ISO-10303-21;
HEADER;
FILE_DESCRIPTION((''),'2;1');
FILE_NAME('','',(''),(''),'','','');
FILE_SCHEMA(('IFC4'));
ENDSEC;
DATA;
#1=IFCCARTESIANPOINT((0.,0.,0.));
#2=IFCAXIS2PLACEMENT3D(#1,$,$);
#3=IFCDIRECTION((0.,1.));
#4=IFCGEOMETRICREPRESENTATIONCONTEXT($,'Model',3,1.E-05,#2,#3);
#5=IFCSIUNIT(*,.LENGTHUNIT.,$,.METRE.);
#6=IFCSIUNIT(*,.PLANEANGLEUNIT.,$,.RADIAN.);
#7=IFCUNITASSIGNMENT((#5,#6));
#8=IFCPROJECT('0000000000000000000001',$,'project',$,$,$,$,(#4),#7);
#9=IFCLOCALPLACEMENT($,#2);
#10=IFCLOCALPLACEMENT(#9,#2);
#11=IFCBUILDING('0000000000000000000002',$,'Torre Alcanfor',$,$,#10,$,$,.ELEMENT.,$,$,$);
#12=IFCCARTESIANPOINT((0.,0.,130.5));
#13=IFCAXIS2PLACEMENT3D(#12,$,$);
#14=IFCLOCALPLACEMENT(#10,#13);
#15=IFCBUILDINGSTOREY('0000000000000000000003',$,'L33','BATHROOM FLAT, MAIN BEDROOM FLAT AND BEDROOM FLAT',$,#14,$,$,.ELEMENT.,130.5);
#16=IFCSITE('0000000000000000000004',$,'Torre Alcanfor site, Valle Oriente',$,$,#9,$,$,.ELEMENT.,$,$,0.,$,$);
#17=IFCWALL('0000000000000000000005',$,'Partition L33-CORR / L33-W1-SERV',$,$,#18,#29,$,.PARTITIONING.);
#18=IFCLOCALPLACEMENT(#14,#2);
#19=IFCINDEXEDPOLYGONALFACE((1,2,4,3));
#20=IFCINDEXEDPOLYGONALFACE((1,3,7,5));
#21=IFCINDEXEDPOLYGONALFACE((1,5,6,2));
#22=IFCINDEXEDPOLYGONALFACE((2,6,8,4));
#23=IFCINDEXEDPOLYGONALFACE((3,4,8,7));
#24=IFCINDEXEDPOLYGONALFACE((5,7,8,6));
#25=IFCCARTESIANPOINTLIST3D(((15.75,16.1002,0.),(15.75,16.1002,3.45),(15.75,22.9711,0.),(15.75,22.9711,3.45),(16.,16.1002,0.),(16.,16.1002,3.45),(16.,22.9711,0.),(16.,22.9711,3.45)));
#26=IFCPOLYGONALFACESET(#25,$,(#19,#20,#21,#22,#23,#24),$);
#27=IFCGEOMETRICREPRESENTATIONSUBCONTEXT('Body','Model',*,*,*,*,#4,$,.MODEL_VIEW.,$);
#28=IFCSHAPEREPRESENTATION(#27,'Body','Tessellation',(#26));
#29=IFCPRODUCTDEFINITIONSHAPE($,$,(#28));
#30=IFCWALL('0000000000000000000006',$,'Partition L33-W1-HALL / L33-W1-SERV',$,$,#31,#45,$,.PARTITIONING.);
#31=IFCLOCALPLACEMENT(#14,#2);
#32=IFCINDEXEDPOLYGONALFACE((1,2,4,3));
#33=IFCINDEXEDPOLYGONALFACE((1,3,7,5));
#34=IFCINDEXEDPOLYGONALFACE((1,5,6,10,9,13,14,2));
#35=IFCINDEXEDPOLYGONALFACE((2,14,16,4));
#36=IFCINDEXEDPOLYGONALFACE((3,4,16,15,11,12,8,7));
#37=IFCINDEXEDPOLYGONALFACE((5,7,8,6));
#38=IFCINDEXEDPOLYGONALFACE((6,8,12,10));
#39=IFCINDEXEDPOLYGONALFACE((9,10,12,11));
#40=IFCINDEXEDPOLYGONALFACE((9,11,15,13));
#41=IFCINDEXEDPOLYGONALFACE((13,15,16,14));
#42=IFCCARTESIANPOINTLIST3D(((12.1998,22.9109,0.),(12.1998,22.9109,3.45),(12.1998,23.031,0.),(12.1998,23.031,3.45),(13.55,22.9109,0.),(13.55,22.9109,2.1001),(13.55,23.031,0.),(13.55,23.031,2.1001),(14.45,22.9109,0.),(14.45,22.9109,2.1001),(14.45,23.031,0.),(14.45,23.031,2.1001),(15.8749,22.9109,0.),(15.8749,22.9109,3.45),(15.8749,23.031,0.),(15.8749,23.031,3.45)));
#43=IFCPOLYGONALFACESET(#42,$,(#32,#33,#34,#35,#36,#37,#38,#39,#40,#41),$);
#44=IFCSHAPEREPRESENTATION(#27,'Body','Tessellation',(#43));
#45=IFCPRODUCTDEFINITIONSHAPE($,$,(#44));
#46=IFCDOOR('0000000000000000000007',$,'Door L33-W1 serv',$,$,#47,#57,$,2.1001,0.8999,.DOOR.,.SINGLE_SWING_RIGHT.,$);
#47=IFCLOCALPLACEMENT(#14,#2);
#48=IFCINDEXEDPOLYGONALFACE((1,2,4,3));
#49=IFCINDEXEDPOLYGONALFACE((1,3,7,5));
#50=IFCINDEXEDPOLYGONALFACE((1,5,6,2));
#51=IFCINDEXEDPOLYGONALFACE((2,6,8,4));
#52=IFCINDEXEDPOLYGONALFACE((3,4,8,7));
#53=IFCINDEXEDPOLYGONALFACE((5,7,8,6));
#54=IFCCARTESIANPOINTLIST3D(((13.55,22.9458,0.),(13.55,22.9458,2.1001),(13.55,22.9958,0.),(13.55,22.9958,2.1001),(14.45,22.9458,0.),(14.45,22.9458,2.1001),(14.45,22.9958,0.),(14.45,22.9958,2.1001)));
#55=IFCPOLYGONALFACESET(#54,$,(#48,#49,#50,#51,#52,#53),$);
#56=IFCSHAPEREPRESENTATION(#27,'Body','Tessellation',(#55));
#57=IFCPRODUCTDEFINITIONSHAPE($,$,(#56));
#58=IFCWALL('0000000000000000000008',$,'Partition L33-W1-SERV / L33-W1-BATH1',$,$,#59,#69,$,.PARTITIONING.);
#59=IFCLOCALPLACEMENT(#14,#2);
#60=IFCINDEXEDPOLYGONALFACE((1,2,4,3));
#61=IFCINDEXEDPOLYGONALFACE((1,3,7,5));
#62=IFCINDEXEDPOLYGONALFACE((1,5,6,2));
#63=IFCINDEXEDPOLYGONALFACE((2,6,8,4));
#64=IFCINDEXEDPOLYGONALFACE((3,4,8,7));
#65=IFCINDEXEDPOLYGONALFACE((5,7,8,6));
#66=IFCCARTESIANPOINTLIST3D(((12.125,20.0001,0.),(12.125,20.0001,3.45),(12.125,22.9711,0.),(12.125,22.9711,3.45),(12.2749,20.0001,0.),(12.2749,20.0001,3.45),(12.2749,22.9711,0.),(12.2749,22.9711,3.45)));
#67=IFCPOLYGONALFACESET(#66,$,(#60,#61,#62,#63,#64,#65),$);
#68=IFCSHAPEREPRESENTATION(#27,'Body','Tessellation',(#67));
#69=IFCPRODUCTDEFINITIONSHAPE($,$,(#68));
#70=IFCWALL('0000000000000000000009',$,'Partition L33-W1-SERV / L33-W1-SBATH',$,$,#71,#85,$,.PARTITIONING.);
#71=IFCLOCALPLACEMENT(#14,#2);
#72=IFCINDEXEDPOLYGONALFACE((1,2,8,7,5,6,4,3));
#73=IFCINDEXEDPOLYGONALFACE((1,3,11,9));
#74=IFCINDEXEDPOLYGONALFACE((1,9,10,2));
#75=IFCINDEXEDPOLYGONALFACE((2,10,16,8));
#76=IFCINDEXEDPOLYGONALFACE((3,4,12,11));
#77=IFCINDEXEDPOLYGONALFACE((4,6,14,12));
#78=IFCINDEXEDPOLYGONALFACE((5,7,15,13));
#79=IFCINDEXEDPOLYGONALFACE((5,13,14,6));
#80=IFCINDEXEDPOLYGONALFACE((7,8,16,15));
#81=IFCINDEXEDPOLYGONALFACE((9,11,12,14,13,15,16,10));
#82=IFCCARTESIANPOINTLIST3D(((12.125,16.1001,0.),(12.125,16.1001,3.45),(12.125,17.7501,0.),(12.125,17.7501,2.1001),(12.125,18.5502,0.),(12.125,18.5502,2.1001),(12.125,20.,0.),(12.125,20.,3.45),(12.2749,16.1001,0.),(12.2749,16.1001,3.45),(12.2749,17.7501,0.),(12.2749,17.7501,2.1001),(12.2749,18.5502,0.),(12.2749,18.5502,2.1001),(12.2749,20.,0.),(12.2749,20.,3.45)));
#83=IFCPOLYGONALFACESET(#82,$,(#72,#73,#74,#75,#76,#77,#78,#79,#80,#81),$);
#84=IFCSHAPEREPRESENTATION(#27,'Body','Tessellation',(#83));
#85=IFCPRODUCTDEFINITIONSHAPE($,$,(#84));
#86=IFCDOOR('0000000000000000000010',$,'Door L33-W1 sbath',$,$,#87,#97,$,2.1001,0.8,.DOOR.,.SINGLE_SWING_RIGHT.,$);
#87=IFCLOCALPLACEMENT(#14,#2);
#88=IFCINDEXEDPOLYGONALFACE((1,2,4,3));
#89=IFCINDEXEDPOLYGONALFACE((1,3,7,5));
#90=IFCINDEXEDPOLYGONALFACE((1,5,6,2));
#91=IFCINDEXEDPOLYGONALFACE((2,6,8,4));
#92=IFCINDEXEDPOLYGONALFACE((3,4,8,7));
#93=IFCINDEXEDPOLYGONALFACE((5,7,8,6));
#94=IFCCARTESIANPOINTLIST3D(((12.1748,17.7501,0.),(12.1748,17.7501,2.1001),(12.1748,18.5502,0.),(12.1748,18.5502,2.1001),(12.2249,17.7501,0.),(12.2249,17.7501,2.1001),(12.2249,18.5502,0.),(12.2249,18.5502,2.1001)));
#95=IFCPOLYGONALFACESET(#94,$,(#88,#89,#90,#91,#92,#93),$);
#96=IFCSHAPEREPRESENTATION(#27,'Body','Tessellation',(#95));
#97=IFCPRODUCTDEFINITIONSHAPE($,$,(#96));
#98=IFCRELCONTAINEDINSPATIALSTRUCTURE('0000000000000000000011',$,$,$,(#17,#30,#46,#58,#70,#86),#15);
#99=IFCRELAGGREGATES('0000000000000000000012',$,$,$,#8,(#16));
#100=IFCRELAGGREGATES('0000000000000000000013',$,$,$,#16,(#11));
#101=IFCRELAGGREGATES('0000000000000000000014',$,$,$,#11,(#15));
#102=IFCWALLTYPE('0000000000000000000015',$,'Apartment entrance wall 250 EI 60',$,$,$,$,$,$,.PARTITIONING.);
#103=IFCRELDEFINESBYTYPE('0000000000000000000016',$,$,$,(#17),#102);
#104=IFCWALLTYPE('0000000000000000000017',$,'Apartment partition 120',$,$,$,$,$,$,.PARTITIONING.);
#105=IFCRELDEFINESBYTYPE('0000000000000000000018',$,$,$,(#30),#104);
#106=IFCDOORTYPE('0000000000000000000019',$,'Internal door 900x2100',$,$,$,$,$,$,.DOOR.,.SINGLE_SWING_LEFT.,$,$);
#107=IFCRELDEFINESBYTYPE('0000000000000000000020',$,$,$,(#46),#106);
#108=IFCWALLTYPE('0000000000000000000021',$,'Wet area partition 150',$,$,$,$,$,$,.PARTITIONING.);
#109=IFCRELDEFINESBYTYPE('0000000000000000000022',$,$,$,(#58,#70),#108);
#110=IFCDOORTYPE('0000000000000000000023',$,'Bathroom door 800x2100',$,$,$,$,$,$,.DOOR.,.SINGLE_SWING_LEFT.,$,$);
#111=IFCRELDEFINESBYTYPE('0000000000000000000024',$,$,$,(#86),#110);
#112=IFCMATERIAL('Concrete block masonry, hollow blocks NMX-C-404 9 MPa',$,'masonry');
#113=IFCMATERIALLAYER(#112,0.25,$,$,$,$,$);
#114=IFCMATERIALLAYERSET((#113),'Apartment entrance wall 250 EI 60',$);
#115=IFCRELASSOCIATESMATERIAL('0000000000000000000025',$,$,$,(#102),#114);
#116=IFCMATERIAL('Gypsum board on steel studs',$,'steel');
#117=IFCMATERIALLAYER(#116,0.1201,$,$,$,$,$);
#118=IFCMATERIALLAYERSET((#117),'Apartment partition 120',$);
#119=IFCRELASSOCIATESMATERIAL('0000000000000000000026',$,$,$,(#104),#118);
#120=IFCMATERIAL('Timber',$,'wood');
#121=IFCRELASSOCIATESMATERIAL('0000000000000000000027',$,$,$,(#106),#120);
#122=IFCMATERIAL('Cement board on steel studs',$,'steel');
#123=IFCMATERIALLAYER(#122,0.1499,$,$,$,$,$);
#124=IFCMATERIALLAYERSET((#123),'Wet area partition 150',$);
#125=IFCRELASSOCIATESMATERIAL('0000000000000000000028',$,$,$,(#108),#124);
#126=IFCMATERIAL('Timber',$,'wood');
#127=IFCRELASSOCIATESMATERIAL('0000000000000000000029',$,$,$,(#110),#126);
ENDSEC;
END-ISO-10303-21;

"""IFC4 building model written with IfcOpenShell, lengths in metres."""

from ifc_helpers import new_model, si_unit, direction, frame, frame_2d, origin, place, context, subcontext, project, spatial, rectangle, extrude, material, layer, layer_set, type_object, element, fill, save


model = new_model("IFC4")

# Units and contexts
model_context = context("Model", 3, precision=1e-05, world=origin(), true_north=direction((0.0, 1.0)))
body_context = subcontext(model_context, "Body", "Model", "MODEL_VIEW")
ifc_project = project(units=[si_unit("LENGTHUNIT", "METRE"), si_unit("PLANEANGLEUNIT", "RADIAN")], contexts=[model_context])

# Site, building, storey
site_placement = place(None, origin())
site = spatial("IfcSite", under=ifc_project, at=site_placement, Name="Torre Alcanfor site, Valle Oriente", CompositionType="ELEMENT", RefElevation=0.0)
building_placement = place(site_placement, origin())
building = spatial("IfcBuilding", under=site, at=building_placement, Name="Torre Alcanfor", CompositionType="ELEMENT")
storey_placement = place(building_placement, frame((0.0, 0.0, 130.5)))
storey = spatial("IfcBuildingStorey", under=building, at=storey_placement, Name="L33", Description="BATHROOM FLAT, MAIN BEDROOM FLAT AND BEDROOM FLAT", CompositionType="ELEMENT", Elevation=130.5)

# Shared definitions
ifc_material_1 = material(Name="Concrete block masonry, hollow blocks NMX-C-404 9 MPa", Category="masonry")
ifc_layer_1 = layer(ifc_material_1, 0.25)
ifc_layer_set_1 = layer_set([ifc_layer_1], Name="Apartment entrance wall 250 EI 60")
wall_type_1 = type_object("IfcWallType", Name="Apartment entrance wall 250 EI 60", PredefinedType="PARTITIONING", material=ifc_layer_set_1)

# Wall
wall_1_placement = place(storey_placement, frame((15.875, 16.1001, 0.0), z_axis=(0.0, 0.0, 1.0), x_axis=(0.0, 1.0, 0.0)))
element("IfcWall", 1, at=wall_1_placement, inside=storey, type_object=wall_type_1, Name="Partition L33-CORR / L33-W1-SERV", PredefinedType="PARTITIONING", context=body_context, shape_type="SweptSolid", body=[
    extrude(rectangle(XDim=6.8708, YDim=0.25, at=frame_2d((3.4355, 0.0))), origin(), (0.0, 0.0, 1.0), 3.45),
])

# Wall, opening, door
ifc_material_2 = material(Name="Gypsum board on steel studs", Category="steel")
ifc_layer_2 = layer(ifc_material_2, 0.1201)
ifc_layer_set_2 = layer_set([ifc_layer_2], Name="Apartment partition 120")
wall_type_2 = type_object("IfcWallType", Name="Apartment partition 120", PredefinedType="PARTITIONING", material=ifc_layer_set_2)
wall_2_placement = place(storey_placement, frame((12.2, 22.9709, 0.0), z_axis=(0.0, 0.0, 1.0), x_axis=(1.0, 0.0, 0.0)))
wall_2 = element("IfcWall", 2, at=wall_2_placement, inside=storey, type_object=wall_type_2, Name="Partition L33-W1-HALL / L33-W1-SERV", PredefinedType="PARTITIONING", context=body_context, shape_type="SweptSolid", body=[
    extrude(rectangle(XDim=3.675, YDim=0.1201, at=frame_2d((1.8374, 0.0))), origin(), (0.0, 0.0, 1.0), 3.45),
])
opening_1_placement = place(wall_2_placement, frame((1.3501, 0.0, 0.0)))
opening_1 = element("IfcOpeningElement", 3, at=opening_1_placement, cuts=wall_2, PredefinedType="OPENING", context=body_context, shape_type="SweptSolid", body=[
    extrude(rectangle(XDim=0.8999, YDim=2.1001, at=frame_2d((0.45, 1.05))), frame((0.0, 0.0701, 0.0), z_axis=(0.0, -1.0, 0.0), x_axis=(1.0, 0.0, 0.0)), (0.0, 0.0, 1.0), 0.1401),
])
ifc_material_3 = material(Name="Timber", Category="wood")
door_type_1 = type_object("IfcDoorType", Name="Internal door 900x2100", OperationType="SINGLE_SWING_LEFT", PredefinedType="DOOR", material=ifc_material_3)
door_1_placement = place(opening_1_placement, frame((0.8999, 0.0, 0.0), z_axis=(0.0, 0.0, 1.0), x_axis=(-1.0, 0.0, 0.0)))
door_1 = element("IfcDoor", 4, at=door_1_placement, inside=storey, type_object=door_type_1, Name="Door L33-W1 serv", OperationType="SINGLE_SWING_RIGHT", OverallHeight=2.1001, OverallWidth=0.8999, PredefinedType="DOOR", context=body_context, shape_type="SweptSolid", body=[
    extrude(rectangle(XDim=0.8999, YDim=2.1001, at=frame_2d((0.45, 1.05))), frame((0.0, 0.0251, 0.0), z_axis=(0.0, -1.0, 0.0), x_axis=(1.0, 0.0, 0.0)), (0.0, 0.0, 1.0), 0.05),
])
fill(opening_1, door_1)

# Wall
ifc_material_4 = material(Name="Cement board on steel studs", Category="steel")
ifc_layer_3 = layer(ifc_material_4, 0.1499)
ifc_layer_set_3 = layer_set([ifc_layer_3], Name="Wet area partition 150")
wall_type_3 = type_object("IfcWallType", Name="Wet area partition 150", PredefinedType="PARTITIONING", material=ifc_layer_set_3)
wall_3_placement = place(storey_placement, frame((12.2, 22.9709, 0.0), z_axis=(0.0, 0.0, 1.0), x_axis=(0.0, -1.0, 0.0)))
element("IfcWall", 5, at=wall_3_placement, inside=storey, type_object=wall_type_3, Name="Partition L33-W1-SERV / L33-W1-BATH1", PredefinedType="PARTITIONING", context=body_context, shape_type="SweptSolid", body=[
    extrude(rectangle(XDim=2.9709, YDim=0.1499, at=frame_2d((1.4854, 0.0))), origin(), (0.0, 0.0, 1.0), 3.45),
])

# Wall, opening, door
wall_4_placement = place(storey_placement, frame((12.2, 20.0, 0.0), z_axis=(0.0, 0.0, 1.0), x_axis=(0.0, -1.0, 0.0)))
wall_4 = element("IfcWall", 6, at=wall_4_placement, inside=storey, type_object=wall_type_3, Name="Partition L33-W1-SERV / L33-W1-SBATH", PredefinedType="PARTITIONING", context=body_context, shape_type="SweptSolid", body=[
    extrude(rectangle(XDim=3.8999, YDim=0.1499, at=frame_2d((1.95, 0.0))), origin(), (0.0, 0.0, 1.0), 3.45),
])
opening_2_placement = place(wall_4_placement, frame((1.45, 0.0, 0.0)))
opening_2 = element("IfcOpeningElement", 7, at=opening_2_placement, cuts=wall_4, PredefinedType="OPENING", context=body_context, shape_type="SweptSolid", body=[
    extrude(rectangle(XDim=0.8, YDim=2.1001, at=frame_2d((0.3999, 1.05))), frame((0.0, 0.085, 0.0), z_axis=(0.0, -1.0, 0.0), x_axis=(1.0, 0.0, 0.0)), (0.0, 0.0, 1.0), 0.1699),
])
ifc_material_5 = material(Name="Timber", Category="wood")
door_type_2 = type_object("IfcDoorType", Name="Bathroom door 800x2100", OperationType="SINGLE_SWING_LEFT", PredefinedType="DOOR", material=ifc_material_5)
door_2_placement = place(opening_2_placement, frame((0.8, 0.0, 0.0), z_axis=(0.0, 0.0, 1.0), x_axis=(-1.0, 0.0, 0.0)))
door_2 = element("IfcDoor", 8, at=door_2_placement, inside=storey, type_object=door_type_2, Name="Door L33-W1 sbath", OperationType="SINGLE_SWING_RIGHT", OverallHeight=2.1001, OverallWidth=0.8, PredefinedType="DOOR", context=body_context, shape_type="SweptSolid", body=[
    extrude(rectangle(XDim=0.8, YDim=2.1001, at=frame_2d((0.4001, 1.05))), frame((0.0, 0.0251, 0.0), z_axis=(0.0, -1.0, 0.0), x_axis=(1.0, 0.0, 0.0)), (0.0, 0.0, 1.0), 0.05),
])
fill(opening_2, door_2)

save(model, "model.ifc")
